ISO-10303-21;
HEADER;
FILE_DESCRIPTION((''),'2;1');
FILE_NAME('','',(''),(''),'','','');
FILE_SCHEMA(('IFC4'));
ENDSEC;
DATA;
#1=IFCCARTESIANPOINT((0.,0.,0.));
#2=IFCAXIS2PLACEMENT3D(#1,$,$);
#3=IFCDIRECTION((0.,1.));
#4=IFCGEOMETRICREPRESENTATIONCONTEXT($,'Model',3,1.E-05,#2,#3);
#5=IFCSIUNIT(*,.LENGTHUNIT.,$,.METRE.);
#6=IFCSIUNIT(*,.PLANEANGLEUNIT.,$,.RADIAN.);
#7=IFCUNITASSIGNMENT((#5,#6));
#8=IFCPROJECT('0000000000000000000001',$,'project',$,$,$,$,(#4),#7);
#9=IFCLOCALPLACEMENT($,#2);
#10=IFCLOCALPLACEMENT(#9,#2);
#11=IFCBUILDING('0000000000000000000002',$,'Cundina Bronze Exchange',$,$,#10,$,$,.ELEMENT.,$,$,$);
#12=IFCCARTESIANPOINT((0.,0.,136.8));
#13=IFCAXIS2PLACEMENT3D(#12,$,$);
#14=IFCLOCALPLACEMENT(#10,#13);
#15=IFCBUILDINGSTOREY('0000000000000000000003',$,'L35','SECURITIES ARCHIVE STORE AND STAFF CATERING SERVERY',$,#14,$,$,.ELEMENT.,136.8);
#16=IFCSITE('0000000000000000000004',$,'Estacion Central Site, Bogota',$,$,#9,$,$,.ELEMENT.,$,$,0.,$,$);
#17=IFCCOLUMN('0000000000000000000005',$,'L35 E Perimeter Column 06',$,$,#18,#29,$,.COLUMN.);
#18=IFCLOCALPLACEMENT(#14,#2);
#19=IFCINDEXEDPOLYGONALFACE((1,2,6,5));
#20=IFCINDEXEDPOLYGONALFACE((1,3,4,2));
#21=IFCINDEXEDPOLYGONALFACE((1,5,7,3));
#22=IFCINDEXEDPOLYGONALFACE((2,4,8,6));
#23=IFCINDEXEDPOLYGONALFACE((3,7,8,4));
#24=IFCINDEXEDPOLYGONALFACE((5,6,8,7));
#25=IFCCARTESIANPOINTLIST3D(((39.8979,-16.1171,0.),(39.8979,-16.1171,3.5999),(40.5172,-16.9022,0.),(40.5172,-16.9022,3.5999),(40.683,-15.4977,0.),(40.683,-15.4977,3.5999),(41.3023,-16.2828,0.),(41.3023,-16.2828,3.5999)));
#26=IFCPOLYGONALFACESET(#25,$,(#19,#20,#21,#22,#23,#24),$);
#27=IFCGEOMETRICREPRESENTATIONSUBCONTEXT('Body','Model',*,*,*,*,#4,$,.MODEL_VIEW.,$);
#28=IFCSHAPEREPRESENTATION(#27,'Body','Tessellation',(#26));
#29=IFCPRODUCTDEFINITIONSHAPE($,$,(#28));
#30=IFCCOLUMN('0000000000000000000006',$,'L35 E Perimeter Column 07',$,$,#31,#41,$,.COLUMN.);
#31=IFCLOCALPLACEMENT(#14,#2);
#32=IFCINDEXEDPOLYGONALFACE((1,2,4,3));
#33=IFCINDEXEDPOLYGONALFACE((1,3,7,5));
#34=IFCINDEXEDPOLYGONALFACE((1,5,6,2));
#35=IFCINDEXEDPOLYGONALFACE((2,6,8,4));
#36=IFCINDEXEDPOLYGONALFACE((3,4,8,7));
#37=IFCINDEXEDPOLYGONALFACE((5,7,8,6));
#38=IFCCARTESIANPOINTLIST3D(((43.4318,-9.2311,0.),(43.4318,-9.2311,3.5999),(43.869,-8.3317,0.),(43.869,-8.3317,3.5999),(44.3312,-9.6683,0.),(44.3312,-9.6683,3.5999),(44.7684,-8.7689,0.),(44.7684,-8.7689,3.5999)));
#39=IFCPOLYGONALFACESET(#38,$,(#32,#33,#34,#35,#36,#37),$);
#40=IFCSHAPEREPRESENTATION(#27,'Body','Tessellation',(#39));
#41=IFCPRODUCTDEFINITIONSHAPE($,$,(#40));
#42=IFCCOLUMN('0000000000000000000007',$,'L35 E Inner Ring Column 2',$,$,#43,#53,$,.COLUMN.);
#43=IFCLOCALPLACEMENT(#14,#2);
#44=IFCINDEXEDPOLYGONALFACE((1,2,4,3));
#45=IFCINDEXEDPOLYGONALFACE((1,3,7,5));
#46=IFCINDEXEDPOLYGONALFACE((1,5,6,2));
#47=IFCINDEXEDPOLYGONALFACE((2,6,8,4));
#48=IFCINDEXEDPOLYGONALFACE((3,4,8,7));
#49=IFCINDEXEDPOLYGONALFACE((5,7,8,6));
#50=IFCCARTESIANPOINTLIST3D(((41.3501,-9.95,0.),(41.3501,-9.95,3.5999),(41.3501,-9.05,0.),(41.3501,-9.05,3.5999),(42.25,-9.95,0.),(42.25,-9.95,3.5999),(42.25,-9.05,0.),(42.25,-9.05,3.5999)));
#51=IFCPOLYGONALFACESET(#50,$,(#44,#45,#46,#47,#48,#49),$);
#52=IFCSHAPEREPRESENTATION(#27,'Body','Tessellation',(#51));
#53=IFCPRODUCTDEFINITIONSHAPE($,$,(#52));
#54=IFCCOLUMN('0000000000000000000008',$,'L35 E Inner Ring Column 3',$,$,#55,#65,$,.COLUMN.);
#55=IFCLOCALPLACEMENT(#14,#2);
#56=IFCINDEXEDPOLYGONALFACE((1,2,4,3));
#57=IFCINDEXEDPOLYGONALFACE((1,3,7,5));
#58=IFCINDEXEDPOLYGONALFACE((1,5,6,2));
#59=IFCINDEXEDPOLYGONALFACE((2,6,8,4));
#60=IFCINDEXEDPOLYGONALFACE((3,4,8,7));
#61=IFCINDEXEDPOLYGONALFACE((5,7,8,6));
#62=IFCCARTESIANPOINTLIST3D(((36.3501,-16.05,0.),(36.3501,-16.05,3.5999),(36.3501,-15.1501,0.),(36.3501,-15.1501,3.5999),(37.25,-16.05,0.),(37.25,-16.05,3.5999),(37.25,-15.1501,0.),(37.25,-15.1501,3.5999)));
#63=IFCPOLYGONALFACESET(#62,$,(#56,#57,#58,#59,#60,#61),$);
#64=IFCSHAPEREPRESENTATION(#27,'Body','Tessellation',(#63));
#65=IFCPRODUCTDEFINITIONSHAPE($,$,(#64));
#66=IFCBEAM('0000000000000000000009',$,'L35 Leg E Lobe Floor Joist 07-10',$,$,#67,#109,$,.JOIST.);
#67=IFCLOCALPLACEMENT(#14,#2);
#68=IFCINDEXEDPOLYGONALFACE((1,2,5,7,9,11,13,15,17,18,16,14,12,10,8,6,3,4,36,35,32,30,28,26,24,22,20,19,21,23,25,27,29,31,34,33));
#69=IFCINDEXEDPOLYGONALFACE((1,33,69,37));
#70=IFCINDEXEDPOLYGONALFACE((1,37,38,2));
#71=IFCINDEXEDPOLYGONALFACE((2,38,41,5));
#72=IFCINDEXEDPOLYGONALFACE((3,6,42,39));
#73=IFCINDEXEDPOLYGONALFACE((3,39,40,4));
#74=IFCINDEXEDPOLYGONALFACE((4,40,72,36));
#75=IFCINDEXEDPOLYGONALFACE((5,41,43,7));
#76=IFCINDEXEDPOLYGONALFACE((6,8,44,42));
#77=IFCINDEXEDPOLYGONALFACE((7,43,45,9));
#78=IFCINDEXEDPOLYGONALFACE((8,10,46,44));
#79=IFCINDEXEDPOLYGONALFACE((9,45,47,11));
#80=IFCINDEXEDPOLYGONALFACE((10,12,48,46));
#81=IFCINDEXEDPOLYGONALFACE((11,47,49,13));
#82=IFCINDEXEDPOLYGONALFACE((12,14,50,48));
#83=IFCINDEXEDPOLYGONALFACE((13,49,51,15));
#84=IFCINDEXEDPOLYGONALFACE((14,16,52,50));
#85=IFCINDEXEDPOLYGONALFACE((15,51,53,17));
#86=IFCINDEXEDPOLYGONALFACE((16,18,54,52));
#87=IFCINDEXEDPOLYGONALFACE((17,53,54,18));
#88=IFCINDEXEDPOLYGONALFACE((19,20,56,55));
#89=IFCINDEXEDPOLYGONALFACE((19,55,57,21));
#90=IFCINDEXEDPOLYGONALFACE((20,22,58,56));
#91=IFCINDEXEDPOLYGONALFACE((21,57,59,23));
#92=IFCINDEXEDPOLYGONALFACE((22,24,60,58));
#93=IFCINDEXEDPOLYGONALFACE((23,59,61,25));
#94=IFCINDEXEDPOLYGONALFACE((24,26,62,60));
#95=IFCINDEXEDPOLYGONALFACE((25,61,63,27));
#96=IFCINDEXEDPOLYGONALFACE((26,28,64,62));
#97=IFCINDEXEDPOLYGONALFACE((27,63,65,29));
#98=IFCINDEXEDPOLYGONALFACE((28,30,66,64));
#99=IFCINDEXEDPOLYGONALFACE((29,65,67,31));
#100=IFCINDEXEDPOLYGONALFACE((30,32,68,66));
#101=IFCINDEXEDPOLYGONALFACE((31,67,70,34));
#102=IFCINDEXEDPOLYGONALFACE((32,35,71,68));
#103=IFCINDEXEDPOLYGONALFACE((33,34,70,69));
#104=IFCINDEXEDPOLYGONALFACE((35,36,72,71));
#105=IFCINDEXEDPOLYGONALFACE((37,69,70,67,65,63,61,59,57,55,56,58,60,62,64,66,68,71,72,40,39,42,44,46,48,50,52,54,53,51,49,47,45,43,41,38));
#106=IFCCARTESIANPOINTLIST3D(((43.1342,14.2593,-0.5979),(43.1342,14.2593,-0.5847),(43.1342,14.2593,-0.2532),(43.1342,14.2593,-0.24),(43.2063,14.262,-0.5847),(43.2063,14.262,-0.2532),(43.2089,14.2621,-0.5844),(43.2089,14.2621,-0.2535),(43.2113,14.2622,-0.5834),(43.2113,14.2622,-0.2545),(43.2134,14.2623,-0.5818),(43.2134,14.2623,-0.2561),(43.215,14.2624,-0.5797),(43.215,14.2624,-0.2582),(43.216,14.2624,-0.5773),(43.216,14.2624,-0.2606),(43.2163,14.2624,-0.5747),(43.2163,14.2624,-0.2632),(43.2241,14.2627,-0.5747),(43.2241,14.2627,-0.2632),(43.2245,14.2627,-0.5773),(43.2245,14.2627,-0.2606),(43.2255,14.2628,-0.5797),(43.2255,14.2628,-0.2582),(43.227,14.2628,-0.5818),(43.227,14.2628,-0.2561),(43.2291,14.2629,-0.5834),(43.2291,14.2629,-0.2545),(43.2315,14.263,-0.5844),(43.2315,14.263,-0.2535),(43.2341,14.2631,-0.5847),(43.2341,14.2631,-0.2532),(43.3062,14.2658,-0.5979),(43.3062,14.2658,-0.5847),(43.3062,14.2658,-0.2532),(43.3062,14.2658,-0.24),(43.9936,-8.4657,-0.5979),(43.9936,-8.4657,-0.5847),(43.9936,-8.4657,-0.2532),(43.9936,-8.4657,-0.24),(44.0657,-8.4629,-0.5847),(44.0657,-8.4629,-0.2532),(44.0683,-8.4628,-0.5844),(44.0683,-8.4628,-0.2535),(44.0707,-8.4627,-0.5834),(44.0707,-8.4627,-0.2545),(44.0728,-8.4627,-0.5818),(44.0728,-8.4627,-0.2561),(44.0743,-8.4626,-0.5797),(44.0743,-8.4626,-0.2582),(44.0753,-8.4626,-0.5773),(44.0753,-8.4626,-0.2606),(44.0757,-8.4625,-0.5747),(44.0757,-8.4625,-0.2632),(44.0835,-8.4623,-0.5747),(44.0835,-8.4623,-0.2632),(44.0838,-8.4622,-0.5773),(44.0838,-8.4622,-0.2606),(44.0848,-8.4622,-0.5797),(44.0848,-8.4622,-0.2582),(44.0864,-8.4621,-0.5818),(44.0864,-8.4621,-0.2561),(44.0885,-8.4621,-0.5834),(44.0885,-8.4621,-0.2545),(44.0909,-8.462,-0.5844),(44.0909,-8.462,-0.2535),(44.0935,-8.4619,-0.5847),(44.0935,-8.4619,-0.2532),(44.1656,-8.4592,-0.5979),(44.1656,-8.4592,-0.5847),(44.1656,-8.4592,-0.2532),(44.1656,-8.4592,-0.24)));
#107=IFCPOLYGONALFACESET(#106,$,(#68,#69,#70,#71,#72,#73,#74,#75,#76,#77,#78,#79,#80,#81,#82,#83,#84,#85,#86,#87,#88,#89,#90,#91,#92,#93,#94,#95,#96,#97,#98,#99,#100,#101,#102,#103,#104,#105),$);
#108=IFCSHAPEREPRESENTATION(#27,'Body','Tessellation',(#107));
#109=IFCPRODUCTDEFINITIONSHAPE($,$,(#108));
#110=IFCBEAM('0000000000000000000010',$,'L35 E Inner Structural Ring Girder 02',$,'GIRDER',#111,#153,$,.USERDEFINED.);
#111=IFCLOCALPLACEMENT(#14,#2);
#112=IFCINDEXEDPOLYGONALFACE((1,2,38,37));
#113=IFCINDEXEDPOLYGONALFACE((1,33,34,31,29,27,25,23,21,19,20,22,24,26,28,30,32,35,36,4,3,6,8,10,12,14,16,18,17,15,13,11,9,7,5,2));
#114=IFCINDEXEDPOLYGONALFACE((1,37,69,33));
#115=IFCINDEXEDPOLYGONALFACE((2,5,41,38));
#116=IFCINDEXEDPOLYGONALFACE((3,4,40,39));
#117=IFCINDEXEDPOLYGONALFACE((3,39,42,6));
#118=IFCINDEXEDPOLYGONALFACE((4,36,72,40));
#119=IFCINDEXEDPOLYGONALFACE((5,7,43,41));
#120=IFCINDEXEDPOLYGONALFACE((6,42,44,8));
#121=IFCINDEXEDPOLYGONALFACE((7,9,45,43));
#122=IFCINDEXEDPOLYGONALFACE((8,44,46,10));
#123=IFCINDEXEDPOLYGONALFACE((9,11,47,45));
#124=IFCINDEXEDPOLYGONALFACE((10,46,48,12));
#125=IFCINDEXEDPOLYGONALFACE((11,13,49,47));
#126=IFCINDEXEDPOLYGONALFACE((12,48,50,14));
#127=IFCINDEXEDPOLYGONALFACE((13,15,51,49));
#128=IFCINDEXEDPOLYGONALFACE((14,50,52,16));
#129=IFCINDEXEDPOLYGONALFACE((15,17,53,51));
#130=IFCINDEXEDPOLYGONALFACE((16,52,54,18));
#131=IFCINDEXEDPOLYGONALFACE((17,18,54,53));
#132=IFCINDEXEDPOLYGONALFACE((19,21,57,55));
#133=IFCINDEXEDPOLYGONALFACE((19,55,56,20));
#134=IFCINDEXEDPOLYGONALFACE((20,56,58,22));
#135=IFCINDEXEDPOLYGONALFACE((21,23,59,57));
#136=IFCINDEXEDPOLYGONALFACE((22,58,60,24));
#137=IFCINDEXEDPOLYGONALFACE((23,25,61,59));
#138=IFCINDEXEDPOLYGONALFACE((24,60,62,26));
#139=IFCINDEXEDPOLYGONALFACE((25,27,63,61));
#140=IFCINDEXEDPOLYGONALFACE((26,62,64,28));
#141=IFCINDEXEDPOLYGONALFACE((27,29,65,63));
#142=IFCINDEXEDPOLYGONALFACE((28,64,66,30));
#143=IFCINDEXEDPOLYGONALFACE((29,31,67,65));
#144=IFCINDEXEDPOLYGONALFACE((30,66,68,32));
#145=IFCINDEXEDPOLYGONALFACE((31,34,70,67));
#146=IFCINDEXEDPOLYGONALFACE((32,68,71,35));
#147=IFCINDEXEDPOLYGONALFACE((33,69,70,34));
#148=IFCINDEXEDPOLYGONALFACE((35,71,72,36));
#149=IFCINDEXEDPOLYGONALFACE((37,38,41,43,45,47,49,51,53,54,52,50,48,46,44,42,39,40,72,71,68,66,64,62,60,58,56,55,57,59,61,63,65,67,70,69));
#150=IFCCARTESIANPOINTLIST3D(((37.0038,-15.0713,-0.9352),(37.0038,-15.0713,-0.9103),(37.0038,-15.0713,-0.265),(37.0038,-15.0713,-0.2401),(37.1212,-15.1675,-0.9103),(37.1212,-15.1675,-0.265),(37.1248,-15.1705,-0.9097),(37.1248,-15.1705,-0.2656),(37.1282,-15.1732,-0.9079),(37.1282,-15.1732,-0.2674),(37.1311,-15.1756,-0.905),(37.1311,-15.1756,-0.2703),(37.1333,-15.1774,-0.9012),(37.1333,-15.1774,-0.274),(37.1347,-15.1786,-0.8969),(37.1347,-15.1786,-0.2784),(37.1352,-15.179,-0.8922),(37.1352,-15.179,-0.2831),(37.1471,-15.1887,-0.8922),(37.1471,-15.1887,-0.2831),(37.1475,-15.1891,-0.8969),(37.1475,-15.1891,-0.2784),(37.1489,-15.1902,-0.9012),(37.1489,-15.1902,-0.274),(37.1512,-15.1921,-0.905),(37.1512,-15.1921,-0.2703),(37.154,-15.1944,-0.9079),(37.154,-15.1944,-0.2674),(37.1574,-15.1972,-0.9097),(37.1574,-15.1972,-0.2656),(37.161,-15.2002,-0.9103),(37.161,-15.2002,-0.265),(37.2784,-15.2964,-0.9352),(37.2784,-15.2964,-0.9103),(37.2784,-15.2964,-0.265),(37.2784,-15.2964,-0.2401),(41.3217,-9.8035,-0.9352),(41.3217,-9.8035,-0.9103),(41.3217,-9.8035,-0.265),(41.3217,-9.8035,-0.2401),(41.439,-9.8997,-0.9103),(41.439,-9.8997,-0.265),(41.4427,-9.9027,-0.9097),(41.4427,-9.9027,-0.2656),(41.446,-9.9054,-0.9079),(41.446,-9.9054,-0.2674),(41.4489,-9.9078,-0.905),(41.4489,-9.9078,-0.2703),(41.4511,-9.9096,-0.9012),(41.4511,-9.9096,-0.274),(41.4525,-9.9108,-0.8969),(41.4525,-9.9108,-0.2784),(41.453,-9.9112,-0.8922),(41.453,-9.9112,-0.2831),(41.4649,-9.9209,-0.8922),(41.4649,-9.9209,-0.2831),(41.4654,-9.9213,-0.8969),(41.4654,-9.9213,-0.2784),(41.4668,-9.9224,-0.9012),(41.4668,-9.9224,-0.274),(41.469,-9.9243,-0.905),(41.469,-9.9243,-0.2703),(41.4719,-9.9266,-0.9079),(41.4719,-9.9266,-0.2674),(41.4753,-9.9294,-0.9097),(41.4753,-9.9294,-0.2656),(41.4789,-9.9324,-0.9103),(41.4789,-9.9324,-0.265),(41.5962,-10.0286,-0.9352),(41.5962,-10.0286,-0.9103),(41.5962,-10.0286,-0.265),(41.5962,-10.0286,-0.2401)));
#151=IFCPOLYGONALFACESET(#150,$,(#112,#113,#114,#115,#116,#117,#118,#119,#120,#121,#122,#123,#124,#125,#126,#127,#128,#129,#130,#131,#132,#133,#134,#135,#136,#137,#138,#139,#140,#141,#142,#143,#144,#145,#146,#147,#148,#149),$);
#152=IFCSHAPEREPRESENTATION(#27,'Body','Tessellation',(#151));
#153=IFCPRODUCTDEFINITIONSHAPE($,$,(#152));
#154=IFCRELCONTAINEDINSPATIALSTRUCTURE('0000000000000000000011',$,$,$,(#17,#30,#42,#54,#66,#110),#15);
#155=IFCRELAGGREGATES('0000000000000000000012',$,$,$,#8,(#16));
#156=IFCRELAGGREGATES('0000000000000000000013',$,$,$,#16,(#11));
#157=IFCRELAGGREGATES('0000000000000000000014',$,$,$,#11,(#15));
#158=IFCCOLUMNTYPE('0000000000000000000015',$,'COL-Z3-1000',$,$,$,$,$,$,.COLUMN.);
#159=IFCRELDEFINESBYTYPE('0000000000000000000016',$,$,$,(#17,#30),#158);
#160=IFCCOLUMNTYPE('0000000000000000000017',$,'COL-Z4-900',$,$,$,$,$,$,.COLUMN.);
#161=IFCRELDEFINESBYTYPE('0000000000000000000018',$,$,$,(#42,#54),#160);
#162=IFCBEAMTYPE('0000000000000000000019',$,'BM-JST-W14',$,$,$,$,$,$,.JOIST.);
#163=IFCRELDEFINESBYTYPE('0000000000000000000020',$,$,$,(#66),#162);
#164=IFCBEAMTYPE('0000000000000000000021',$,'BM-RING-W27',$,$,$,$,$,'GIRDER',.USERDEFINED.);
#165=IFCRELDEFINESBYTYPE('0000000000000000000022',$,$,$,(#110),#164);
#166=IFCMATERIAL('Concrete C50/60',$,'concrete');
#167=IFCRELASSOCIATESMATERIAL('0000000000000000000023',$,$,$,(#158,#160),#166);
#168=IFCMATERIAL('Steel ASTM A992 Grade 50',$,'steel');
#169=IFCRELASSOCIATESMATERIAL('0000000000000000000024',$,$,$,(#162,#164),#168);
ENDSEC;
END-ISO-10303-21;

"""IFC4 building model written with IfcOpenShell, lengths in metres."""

from ifc_helpers import new_model, si_unit, direction, frame, origin, origin_2d, place, context, subcontext, project, spatial, rectangle, i_section, extrude, material, material_profile, profile_set, type_object, element, save


model = new_model("IFC4")

# Units and contexts
model_context = context("Model", 3, precision=1e-05, world=origin(), true_north=direction((0.0, 1.0)))
body_context = subcontext(model_context, "Body", "Model", "MODEL_VIEW")
ifc_project = project(units=[si_unit("LENGTHUNIT", "METRE"), si_unit("PLANEANGLEUNIT", "RADIAN")], contexts=[model_context])

# Site, building, storey
site_placement = place(None, origin())
site = spatial("IfcSite", under=ifc_project, at=site_placement, Name="Estacion Central Site, Bogota", CompositionType="ELEMENT", RefElevation=0.0)
building_placement = place(site_placement, origin())
building = spatial("IfcBuilding", under=site, at=building_placement, Name="Cundina Bronze Exchange", CompositionType="ELEMENT")
storey_placement = place(building_placement, frame((0.0, 0.0, 136.8)))
storey = spatial("IfcBuildingStorey", under=building, at=storey_placement, Name="L35", Description="SECURITIES ARCHIVE STORE AND STAFF CATERING SERVERY", CompositionType="ELEMENT", Elevation=136.8)

# Columns
ifc_material_1 = material(Name="Concrete C50/60", Category="concrete")
ifc_material_profile_1 = material_profile(ifc_material_1, rectangle(XDim=1.0, YDim=1.0, at=origin_2d()), Name="RC1000X1000", Category="concrete")
ifc_profile_set_1 = profile_set([ifc_material_profile_1], Name="Concrete C50/60")
column_type_1 = type_object("IfcColumnType", Name="COL-Z3-1000", PredefinedType="COLUMN", material=ifc_profile_set_1)
for number, where, z_axis, x_axis, name in (
    (1, (40.6001, -16.2, 0.0), (0.0, 0.0, 1.0), (0.785101, 0.619368, 0.0), "L35 E Perimeter Column 06"),
    (2, (44.1001, -9.0, 0.0), (0.0, 0.0, 1.0), (0.437116, 0.899405, 0.0), "L35 E Perimeter Column 07"),
):
    element("IfcColumn", number, at=place(storey_placement, frame(where, z_axis=z_axis, x_axis=x_axis)), inside=storey, type_object=column_type_1, Name=name, PredefinedType="COLUMN", context=body_context, shape_type="SweptSolid", body=[
        extrude(rectangle(XDim=1.0, YDim=1.0, at=origin_2d()), origin(), (0.0, 0.0, 1.0), 3.5999),
    ])
ifc_material_profile_2 = material_profile(ifc_material_1, rectangle(XDim=0.8999, YDim=0.8999, at=origin_2d()), Name="RC900X900", Category="concrete")
ifc_profile_set_2 = profile_set([ifc_material_profile_2], Name="Concrete C50/60")
column_type_2 = type_object("IfcColumnType", Name="COL-Z4-900", PredefinedType="COLUMN", material=ifc_profile_set_2)
for number, where, z_axis, x_axis, name in (
    (3, (41.8, -9.5, 0.0), (0.0, 0.0, 1.0), (1.0, 0.0, 0.0), "L35 E Inner Ring Column 2"),
    (4, (36.8, -15.6001, 0.0), (0.0, 0.0, 1.0), (1.0, 0.0, 0.0), "L35 E Inner Ring Column 3"),
):
    element("IfcColumn", number, at=place(storey_placement, frame(where, z_axis=z_axis, x_axis=x_axis)), inside=storey, type_object=column_type_2, Name=name, PredefinedType="COLUMN", context=body_context, shape_type="SweptSolid", body=[
        extrude(rectangle(XDim=0.8999, YDim=0.8999, at=origin_2d()), origin(), (0.0, 0.0, 1.0), 3.5999),
    ])

# Beams
ifc_material_2 = material(Name="Steel ASTM A992 Grade 50", Category="steel")
ifc_material_profile_3 = material_profile(ifc_material_2, i_section(OverallWidth=0.1721, OverallDepth=0.3579, WebThickness=0.0078, FlangeThickness=0.0132, FilletRadius=0.01, at=origin_2d()), Name="W14X38", Category="steel")
ifc_profile_set_3 = profile_set([ifc_material_profile_3], Name="Steel ASTM A992 Grade 50")
beam_type_1 = type_object("IfcBeamType", Name="BM-JST-W14", PredefinedType="JOIST", material=ifc_profile_set_3)
beam_1_placement = place(storey_placement, frame((44.0796, -8.4624, -0.4189), z_axis=(-0.03779, 0.999286, 0.0), x_axis=(-0.999286, -0.03779, 0.0)))
element("IfcBeam", 5, at=beam_1_placement, inside=storey, type_object=beam_type_1, Name="L35 Leg E Lobe Floor Joist 07-10", PredefinedType="JOIST", context=body_context, shape_type="SweptSolid", body=[
    extrude(i_section(OverallWidth=0.1721, OverallDepth=0.3579, WebThickness=0.0078, FlangeThickness=0.0132, FilletRadius=0.01, at=origin_2d()), origin(), (0.0, 0.0, 1.0), 22.7412),
])
ifc_material_profile_4 = material_profile(ifc_material_2, i_section(OverallWidth=0.355, OverallDepth=0.6951, WebThickness=0.0154, FlangeThickness=0.0249, FilletRadius=0.0181, at=origin_2d()), Name="W27X146", Category="steel")
ifc_profile_set_4 = profile_set([ifc_material_profile_4], Name="Steel ASTM A992 Grade 50")
beam_type_2 = type_object("IfcBeamType", Name="BM-RING-W27", ElementType="GIRDER", PredefinedType="USERDEFINED", material=ifc_profile_set_4)
beam_2_placement = place(storey_placement, frame((37.1411, -15.1838, -0.5876), z_axis=(0.633927, 0.773393, 0.0), x_axis=(-0.773393, 0.633927, 0.0)))
element("IfcBeam", 6, at=beam_2_placement, inside=storey, type_object=beam_type_2, Name="L35 E Inner Structural Ring Girder 02", ObjectType="GIRDER", PredefinedType="USERDEFINED", context=body_context, shape_type="SweptSolid", body=[
    extrude(i_section(OverallWidth=0.355, OverallDepth=0.6951, WebThickness=0.0154, FlangeThickness=0.0249, FilletRadius=0.0181, at=origin_2d()), origin(), (0.0, 0.0, 1.0), 6.8113),
])

save(model, "model.ifc")
